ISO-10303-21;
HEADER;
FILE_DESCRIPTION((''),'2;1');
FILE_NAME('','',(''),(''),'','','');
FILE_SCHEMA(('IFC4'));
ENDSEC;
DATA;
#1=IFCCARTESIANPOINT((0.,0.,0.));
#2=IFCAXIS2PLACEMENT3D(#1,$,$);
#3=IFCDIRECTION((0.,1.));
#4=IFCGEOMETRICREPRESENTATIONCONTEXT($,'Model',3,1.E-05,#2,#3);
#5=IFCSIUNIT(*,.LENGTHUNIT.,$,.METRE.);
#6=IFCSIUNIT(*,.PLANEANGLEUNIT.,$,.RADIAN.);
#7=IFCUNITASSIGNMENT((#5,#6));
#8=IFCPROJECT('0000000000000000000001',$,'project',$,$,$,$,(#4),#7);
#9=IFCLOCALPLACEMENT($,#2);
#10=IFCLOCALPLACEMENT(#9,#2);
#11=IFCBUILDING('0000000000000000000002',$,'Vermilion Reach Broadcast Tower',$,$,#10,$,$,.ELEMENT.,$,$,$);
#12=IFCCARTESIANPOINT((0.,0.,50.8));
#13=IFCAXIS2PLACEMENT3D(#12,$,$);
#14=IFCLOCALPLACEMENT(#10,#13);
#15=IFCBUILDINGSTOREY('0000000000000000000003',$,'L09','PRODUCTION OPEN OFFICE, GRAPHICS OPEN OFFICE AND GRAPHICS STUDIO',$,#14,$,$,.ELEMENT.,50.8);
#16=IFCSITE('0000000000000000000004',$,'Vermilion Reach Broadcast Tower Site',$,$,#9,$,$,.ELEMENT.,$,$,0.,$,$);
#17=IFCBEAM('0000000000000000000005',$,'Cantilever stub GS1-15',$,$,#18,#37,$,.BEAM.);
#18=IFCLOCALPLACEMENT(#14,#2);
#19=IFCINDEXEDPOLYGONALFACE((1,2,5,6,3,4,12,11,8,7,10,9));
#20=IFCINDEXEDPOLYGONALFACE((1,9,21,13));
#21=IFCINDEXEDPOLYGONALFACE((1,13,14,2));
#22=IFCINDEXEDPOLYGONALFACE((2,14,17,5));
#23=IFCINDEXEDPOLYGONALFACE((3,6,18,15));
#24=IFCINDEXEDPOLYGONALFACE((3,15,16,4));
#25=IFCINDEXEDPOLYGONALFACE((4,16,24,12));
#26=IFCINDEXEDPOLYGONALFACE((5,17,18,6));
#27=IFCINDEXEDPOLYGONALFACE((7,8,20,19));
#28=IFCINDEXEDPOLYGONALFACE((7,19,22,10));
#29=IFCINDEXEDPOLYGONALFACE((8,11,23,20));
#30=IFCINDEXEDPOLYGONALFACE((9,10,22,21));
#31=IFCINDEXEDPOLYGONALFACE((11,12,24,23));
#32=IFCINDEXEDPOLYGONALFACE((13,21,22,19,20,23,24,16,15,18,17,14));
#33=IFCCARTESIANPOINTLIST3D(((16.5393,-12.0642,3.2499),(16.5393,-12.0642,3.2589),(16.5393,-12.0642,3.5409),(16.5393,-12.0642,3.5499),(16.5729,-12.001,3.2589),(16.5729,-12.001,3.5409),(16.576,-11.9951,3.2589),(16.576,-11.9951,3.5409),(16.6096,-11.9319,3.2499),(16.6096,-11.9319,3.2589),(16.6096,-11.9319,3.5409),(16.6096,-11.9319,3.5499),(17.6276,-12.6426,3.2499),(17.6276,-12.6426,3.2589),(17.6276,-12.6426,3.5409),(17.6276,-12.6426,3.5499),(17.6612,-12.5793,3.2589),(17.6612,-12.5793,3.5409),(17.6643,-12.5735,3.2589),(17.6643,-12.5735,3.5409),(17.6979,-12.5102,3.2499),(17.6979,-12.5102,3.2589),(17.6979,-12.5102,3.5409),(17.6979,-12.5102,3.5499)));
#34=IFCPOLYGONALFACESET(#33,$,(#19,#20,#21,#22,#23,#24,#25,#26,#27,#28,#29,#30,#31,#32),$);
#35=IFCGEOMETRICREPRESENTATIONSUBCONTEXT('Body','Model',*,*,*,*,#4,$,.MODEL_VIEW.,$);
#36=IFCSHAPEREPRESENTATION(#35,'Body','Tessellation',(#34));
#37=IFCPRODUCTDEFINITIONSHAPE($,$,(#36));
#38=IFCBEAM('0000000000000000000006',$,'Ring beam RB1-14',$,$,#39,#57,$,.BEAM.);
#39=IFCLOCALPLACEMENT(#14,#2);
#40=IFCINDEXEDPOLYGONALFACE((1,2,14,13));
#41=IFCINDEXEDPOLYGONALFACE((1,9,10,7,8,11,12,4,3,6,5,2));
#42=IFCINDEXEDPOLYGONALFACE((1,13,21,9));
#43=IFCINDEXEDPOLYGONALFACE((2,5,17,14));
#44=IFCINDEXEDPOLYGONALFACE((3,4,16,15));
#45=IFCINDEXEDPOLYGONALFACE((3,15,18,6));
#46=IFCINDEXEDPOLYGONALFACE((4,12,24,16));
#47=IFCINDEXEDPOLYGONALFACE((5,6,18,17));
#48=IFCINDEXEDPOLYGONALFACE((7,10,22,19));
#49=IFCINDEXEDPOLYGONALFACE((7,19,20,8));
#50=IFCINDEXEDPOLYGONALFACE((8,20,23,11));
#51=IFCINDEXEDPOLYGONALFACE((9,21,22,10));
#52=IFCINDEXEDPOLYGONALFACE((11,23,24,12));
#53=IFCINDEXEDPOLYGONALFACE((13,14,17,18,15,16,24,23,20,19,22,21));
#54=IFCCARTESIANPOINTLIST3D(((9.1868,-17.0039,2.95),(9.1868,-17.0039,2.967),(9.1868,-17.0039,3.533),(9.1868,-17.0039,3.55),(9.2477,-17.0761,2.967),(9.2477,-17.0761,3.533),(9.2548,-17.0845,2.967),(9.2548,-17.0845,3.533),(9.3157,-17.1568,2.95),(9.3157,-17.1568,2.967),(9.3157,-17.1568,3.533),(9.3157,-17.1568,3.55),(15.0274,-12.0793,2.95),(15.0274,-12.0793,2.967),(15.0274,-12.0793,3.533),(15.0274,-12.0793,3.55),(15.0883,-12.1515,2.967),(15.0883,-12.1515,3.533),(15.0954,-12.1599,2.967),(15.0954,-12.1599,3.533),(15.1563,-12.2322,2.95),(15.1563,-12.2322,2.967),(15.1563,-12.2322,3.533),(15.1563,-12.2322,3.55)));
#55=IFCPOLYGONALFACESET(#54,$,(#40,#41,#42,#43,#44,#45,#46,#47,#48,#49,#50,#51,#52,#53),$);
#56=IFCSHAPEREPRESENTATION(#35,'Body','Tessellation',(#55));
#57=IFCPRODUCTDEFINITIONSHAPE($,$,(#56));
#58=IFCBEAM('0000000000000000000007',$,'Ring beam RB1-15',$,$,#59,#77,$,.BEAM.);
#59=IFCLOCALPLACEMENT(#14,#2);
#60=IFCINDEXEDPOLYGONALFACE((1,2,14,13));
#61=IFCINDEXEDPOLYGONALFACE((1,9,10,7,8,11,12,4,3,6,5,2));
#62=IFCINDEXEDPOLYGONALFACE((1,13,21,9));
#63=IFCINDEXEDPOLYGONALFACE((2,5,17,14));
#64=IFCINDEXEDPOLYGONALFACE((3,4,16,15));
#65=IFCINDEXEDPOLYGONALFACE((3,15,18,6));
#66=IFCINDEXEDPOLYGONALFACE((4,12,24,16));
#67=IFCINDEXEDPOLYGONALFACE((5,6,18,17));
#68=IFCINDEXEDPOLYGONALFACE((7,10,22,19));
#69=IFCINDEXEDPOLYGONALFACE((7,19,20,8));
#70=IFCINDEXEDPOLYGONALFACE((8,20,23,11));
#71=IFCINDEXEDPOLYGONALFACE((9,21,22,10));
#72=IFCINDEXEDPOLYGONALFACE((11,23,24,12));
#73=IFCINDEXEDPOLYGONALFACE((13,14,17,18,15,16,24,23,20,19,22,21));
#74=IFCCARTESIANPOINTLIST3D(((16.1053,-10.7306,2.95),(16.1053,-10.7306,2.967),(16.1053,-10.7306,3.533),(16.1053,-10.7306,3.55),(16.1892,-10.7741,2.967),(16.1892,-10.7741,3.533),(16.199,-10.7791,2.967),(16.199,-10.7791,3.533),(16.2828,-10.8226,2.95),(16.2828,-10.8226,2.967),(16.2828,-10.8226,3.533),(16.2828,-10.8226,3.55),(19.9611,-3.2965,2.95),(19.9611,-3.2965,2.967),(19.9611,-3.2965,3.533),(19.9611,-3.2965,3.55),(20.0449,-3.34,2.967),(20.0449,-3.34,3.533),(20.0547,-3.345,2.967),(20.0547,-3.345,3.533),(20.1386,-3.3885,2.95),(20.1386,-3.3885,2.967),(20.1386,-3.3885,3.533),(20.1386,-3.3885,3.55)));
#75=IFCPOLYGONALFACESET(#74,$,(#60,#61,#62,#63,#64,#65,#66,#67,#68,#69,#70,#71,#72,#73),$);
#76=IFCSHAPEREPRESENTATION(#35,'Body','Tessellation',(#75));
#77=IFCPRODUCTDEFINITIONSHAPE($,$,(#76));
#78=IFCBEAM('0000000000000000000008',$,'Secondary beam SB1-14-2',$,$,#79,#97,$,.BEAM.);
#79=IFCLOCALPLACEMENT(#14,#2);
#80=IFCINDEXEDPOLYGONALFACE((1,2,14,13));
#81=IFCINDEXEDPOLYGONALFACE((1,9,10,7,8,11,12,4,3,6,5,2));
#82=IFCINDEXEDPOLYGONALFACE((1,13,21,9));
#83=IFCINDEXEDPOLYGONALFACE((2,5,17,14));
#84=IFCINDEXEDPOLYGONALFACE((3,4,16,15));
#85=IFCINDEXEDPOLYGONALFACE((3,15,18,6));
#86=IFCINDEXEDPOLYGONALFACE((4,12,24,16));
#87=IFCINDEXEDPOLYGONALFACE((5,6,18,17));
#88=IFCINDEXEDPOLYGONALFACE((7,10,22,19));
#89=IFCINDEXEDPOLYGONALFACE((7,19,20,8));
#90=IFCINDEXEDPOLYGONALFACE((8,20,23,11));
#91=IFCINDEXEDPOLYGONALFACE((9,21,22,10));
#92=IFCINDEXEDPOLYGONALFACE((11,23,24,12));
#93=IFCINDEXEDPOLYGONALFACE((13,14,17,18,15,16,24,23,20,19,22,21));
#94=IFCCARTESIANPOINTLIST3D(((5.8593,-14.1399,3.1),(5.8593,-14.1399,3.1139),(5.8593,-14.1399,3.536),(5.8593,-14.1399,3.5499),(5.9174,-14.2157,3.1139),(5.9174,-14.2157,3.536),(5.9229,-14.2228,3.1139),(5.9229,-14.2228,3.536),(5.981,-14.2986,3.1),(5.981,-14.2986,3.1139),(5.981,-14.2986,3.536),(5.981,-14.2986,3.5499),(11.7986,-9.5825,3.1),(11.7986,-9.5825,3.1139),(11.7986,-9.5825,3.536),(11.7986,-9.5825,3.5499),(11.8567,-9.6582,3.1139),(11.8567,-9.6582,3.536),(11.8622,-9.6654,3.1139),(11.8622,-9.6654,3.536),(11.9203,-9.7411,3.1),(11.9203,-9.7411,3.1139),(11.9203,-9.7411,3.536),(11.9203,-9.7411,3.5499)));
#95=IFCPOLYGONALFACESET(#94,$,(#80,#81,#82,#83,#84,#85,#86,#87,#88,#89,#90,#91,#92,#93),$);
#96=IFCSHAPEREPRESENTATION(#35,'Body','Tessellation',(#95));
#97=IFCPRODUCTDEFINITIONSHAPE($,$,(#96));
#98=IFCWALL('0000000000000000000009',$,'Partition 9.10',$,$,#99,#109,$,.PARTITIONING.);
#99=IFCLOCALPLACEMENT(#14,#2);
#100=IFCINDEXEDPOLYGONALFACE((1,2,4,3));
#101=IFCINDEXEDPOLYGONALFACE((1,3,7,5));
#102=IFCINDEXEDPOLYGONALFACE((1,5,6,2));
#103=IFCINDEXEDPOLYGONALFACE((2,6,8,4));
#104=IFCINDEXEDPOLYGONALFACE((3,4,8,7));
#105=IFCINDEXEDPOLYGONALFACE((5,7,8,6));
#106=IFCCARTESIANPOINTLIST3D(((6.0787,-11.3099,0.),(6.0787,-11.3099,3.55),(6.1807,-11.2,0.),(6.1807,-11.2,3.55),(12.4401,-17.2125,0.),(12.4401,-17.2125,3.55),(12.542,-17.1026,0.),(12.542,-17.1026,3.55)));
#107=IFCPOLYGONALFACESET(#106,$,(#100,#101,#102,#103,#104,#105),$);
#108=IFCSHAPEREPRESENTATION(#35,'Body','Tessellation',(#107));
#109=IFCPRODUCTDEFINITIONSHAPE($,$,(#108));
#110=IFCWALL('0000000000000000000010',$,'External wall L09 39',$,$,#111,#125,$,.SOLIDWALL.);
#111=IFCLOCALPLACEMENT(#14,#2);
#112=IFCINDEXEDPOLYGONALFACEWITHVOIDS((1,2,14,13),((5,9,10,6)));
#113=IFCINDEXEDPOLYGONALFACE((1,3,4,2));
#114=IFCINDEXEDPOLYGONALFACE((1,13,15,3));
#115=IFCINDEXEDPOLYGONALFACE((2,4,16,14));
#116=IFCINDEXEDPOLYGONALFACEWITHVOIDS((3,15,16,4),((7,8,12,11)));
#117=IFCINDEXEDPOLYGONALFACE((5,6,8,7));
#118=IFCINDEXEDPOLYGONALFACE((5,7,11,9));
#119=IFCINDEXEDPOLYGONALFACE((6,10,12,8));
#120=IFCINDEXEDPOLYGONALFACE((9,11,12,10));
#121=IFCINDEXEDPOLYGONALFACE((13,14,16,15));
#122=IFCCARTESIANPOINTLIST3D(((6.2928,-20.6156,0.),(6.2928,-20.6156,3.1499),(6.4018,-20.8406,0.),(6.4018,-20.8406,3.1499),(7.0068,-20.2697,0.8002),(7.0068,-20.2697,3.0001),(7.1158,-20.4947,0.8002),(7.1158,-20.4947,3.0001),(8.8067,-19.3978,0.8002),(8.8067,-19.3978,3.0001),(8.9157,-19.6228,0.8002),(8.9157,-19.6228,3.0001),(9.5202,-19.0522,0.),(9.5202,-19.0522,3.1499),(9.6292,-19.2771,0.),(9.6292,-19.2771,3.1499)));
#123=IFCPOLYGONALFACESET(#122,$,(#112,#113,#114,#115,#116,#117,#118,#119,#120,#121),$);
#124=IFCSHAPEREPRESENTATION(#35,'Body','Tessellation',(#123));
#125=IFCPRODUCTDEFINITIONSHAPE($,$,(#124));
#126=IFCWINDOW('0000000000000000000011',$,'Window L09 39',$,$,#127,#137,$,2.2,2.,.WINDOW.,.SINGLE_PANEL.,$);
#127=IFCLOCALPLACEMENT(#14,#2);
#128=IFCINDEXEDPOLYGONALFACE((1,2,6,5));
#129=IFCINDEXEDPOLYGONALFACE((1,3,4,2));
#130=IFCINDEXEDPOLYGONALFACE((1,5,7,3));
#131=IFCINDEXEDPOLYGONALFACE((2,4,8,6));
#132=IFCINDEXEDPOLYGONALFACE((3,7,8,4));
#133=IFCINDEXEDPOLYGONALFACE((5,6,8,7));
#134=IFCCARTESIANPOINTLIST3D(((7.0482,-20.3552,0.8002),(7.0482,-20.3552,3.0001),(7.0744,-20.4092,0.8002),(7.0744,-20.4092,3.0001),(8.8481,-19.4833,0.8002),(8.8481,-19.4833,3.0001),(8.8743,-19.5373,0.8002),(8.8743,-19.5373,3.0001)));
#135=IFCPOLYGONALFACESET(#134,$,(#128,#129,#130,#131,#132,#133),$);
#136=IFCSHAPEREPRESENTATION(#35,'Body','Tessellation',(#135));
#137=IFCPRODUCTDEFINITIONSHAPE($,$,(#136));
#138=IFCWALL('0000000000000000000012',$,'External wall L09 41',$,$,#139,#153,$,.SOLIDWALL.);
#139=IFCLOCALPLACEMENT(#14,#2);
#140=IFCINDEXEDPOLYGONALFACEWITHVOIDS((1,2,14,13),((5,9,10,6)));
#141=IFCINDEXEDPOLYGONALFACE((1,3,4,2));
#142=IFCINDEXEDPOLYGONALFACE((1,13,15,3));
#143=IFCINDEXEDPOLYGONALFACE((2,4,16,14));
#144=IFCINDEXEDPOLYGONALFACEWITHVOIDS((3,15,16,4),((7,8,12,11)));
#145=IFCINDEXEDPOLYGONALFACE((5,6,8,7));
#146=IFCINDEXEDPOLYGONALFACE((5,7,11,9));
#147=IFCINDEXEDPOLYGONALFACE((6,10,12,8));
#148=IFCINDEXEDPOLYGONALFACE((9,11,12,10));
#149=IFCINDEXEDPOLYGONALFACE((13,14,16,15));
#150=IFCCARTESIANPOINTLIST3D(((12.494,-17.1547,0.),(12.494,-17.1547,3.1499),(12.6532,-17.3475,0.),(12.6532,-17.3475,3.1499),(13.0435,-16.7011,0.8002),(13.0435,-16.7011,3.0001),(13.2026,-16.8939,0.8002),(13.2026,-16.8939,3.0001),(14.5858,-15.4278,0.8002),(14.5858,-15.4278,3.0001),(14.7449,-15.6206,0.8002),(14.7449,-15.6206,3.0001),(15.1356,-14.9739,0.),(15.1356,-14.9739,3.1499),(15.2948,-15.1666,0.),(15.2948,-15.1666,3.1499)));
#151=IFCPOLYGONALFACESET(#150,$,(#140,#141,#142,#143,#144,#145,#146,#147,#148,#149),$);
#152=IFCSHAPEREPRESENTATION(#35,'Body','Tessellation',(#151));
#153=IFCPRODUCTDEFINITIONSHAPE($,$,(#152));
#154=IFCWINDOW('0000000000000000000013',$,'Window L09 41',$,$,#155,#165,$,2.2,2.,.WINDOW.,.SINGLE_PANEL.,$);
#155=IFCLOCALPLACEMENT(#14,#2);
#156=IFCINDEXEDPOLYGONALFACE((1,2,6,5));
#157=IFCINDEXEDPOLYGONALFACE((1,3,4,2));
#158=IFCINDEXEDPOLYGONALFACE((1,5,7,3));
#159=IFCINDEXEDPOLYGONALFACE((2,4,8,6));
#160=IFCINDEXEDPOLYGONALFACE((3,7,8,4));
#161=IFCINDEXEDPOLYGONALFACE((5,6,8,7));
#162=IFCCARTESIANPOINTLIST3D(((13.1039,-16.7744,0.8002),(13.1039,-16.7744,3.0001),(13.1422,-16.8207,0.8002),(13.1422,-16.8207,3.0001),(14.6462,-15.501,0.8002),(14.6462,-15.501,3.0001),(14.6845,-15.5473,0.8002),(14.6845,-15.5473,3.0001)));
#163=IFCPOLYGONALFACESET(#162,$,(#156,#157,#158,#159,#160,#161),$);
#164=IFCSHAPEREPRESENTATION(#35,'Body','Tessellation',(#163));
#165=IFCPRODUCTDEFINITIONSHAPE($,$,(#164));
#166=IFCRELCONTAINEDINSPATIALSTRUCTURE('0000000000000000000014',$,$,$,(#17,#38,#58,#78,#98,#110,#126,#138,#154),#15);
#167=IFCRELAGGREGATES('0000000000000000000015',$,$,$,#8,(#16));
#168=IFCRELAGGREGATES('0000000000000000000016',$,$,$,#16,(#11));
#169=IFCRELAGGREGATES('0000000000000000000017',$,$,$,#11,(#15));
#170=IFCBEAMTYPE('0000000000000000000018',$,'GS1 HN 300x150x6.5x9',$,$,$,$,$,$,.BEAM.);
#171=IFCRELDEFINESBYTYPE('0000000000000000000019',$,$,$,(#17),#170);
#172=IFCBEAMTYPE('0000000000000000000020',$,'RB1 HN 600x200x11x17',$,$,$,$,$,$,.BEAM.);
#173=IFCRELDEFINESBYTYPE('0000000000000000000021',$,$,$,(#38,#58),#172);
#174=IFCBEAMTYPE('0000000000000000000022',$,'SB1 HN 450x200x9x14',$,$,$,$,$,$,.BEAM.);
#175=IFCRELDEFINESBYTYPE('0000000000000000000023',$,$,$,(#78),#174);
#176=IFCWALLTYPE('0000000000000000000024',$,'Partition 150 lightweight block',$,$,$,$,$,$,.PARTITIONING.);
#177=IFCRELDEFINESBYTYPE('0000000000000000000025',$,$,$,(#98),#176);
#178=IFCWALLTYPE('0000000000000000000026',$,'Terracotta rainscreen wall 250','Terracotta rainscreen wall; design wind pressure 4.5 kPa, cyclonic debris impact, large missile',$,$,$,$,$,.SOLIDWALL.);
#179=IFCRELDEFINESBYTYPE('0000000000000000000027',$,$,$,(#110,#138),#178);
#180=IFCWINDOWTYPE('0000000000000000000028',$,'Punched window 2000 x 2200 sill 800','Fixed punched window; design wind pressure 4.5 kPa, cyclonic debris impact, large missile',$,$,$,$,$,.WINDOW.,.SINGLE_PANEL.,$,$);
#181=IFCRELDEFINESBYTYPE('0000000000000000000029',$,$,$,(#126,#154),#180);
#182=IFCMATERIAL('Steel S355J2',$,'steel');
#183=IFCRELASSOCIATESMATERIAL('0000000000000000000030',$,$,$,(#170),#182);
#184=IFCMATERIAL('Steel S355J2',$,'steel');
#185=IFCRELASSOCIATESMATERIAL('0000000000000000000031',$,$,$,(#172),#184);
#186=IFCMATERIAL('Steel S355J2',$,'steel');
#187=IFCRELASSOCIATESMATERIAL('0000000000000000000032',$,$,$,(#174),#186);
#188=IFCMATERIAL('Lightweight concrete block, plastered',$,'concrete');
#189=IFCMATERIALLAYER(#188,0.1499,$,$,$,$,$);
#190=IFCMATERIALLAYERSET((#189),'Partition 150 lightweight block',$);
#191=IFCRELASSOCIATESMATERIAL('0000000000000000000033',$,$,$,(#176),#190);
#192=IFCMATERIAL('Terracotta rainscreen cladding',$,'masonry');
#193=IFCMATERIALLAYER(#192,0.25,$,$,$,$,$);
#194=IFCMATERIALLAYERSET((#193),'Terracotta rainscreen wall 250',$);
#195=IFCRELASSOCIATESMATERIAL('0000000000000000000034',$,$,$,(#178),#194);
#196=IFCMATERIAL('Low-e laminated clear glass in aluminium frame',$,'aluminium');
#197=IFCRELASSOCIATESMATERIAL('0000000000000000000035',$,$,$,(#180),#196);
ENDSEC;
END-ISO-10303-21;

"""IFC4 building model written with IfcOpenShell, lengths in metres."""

from ifc_helpers import new_model, si_unit, direction, frame, frame_2d, origin, origin_2d, place, context, subcontext, project, spatial, rectangle, i_section, extrude, material, layer, layer_set, material_profile, profile_set, type_object, element, fill, save


model = new_model("IFC4")

# Units and contexts
model_context = context("Model", 3, precision=1e-05, world=origin(), true_north=direction((0.0, 1.0)))
body_context = subcontext(model_context, "Body", "Model", "MODEL_VIEW")
ifc_project = project(units=[si_unit("LENGTHUNIT", "METRE"), si_unit("PLANEANGLEUNIT", "RADIAN")], contexts=[model_context])

# Site, building, storey
site_placement = place(None, origin())
site = spatial("IfcSite", under=ifc_project, at=site_placement, Name="Vermilion Reach Broadcast Tower Site", CompositionType="ELEMENT", RefElevation=0.0)
building_placement = place(site_placement, origin())
building = spatial("IfcBuilding", under=site, at=building_placement, Name="Vermilion Reach Broadcast Tower", CompositionType="ELEMENT")
storey_placement = place(building_placement, frame((0.0, 0.0, 50.8)))
storey = spatial("IfcBuildingStorey", under=building, at=storey_placement, Name="L09", Description="PRODUCTION OPEN OFFICE, GRAPHICS OPEN OFFICE AND GRAPHICS STUDIO", CompositionType="ELEMENT", Elevation=50.8)

# Beams
ifc_material_1 = material(Name="Steel S355J2", Category="steel")
ifc_material_profile_1 = material_profile(ifc_material_1, i_section(OverallWidth=0.1499, OverallDepth=0.3, WebThickness=0.0066, FlangeThickness=0.009, at=origin_2d()), Name="S355J2 HN 300x150x6.5x9")
ifc_profile_set_1 = profile_set([ifc_material_profile_1], Name="Steel S355J2")
beam_type_1 = type_object("IfcBeamType", Name="GS1 HN 300x150x6.5x9", PredefinedType="BEAM", material=ifc_profile_set_1)
beam_1_placement = place(storey_placement, frame((16.5745, -11.998, 3.3999), z_axis=(0.883059, -0.469261, 0.0), x_axis=(0.469261, 0.883059, 0.0)))
element("IfcBeam", 1, at=beam_1_placement, inside=storey, type_object=beam_type_1, Name="Cantilever stub GS1-15", PredefinedType="BEAM", context=body_context, shape_type="SweptSolid", body=[
    extrude(i_section(OverallWidth=0.1499, OverallDepth=0.3, WebThickness=0.0066, FlangeThickness=0.009, at=origin_2d()), origin(), (0.0, 0.0, 1.0), 1.2324),
])
ifc_material_2 = material(Name="Steel S355J2", Category="steel")
ifc_material_profile_2 = material_profile(ifc_material_2, i_section(OverallWidth=0.2, OverallDepth=0.6001, WebThickness=0.011, FlangeThickness=0.0171, at=origin_2d()), Name="S355J2 HN 600x200x11x17")
ifc_profile_set_2 = profile_set([ifc_material_profile_2], Name="Steel S355J2")
beam_type_2 = type_object("IfcBeamType", Name="RB1 HN 600x200x11x17", PredefinedType="BEAM", material=ifc_profile_set_2)
beam_2_placement = place(storey_placement, frame((9.2512, -17.0803, 3.25), z_axis=(0.764512, 0.644609, 0.0), x_axis=(-0.644609, 0.764512, 0.0)))
element("IfcBeam", 2, at=beam_2_placement, inside=storey, type_object=beam_type_2, Name="Ring beam RB1-14", PredefinedType="BEAM", context=body_context, shape_type="SweptSolid", body=[
    extrude(i_section(OverallWidth=0.2, OverallDepth=0.6001, WebThickness=0.011, FlangeThickness=0.0171, at=origin_2d()), origin(), (0.0, 0.0, 1.0), 7.6396),
])
beam_3_placement = place(storey_placement, frame((16.1941, -10.7766, 3.25), z_axis=(0.460412, 0.887706, 0.0), x_axis=(-0.887706, 0.460412, 0.0)))
element("IfcBeam", 3, at=beam_3_placement, inside=storey, type_object=beam_type_2, Name="Ring beam RB1-15", PredefinedType="BEAM", context=body_context, shape_type="SweptSolid", body=[
    extrude(i_section(OverallWidth=0.2, OverallDepth=0.6001, WebThickness=0.011, FlangeThickness=0.0171, at=origin_2d()), origin(), (0.0, 0.0, 1.0), 8.3745),
])
ifc_material_3 = material(Name="Steel S355J2", Category="steel")
ifc_material_profile_3 = material_profile(ifc_material_3, i_section(OverallWidth=0.2, OverallDepth=0.45, WebThickness=0.009, FlangeThickness=0.0139, at=origin_2d()), Name="S355J2 HN 450x200x9x14")
ifc_profile_set_3 = profile_set([ifc_material_profile_3], Name="Steel S355J2")
beam_type_3 = type_object("IfcBeamType", Name="SB1 HN 450x200x9x14", PredefinedType="BEAM", material=ifc_profile_set_3)
beam_4_placement = place(storey_placement, frame((5.9202, -14.2192, 3.325), z_axis=(0.79335, 0.608766, 0.0), x_axis=(-0.608766, 0.79335, 0.0)))
element("IfcBeam", 4, at=beam_4_placement, inside=storey, type_object=beam_type_3, Name="Secondary beam SB1-14-2", PredefinedType="BEAM", context=body_context, shape_type="SweptSolid", body=[
    extrude(i_section(OverallWidth=0.2, OverallDepth=0.45, WebThickness=0.009, FlangeThickness=0.0139, at=origin_2d()), origin(), (0.0, 0.0, 1.0), 7.4863),
])

# Wall
ifc_material_4 = material(Name="Lightweight concrete block, plastered", Category="concrete")
ifc_layer_1 = layer(ifc_material_4, 0.1499)
ifc_layer_set_1 = layer_set([ifc_layer_1], Name="Partition 150 lightweight block")
wall_type_1 = type_object("IfcWallType", Name="Partition 150 lightweight block", PredefinedType="PARTITIONING", material=ifc_layer_set_1)
wall_1_placement = place(storey_placement, frame((12.491, -17.1575, 0.0), z_axis=(0.0, 0.0, 1.0), x_axis=(-0.733044, 0.680181, 0.0)))
element("IfcWall", 5, at=wall_1_placement, inside=storey, type_object=wall_type_1, Name="Partition 9.10", PredefinedType="PARTITIONING", context=body_context, shape_type="SweptSolid", body=[
    extrude(rectangle(XDim=8.678, YDim=0.1499, at=frame_2d((4.3389, 0.0))), origin(), (0.0, 0.0, 1.0), 3.55),
])

# Wall, opening, window
ifc_material_5 = material(Name="Terracotta rainscreen cladding", Category="masonry")
ifc_layer_2 = layer(ifc_material_5, 0.25)
ifc_layer_set_2 = layer_set([ifc_layer_2], Name="Terracotta rainscreen wall 250")
wall_type_2 = type_object("IfcWallType", Name="Terracotta rainscreen wall 250", Description="Terracotta rainscreen wall; design wind pressure 4.5 kPa, cyclonic debris impact, large missile", PredefinedType="SOLIDWALL", material=ifc_layer_set_2)
wall_2_placement = place(storey_placement, frame((6.3474, -20.728, 0.0), z_axis=(0.0, 0.0, 1.0), x_axis=(0.899966, 0.435959, 0.0)))
wall_2 = element("IfcWall", 6, at=wall_2_placement, inside=storey, type_object=wall_type_2, Name="External wall L09 39", PredefinedType="SOLIDWALL", context=body_context, shape_type="SweptSolid", body=[
    extrude(rectangle(XDim=3.5862, YDim=0.25, at=frame_2d((1.793, 0.0))), origin(), (0.0, 0.0, 1.0), 3.1499),
])
opening_1_placement = place(wall_2_placement, frame((0.7932, 0.0, 0.8)))
opening_1 = element("IfcOpeningElement", 7, at=opening_1_placement, cuts=wall_2, PredefinedType="OPENING", context=body_context, shape_type="SweptSolid", body=[
    extrude(rectangle(XDim=2.0, YDim=2.2, at=frame_2d((1.0, 1.1001))), frame((0.0, 0.135, 0.0), z_axis=(0.0, -1.0, 0.0), x_axis=(1.0, 0.0, 0.0)), (0.0, 0.0, 1.0), 0.27),
])
ifc_material_6 = material(Name="Low-e laminated clear glass in aluminium frame", Category="aluminium")
window_type = type_object("IfcWindowType", Name="Punched window 2000 x 2200 sill 800", Description="Fixed punched window; design wind pressure 4.5 kPa, cyclonic debris impact, large missile", PartitioningType="SINGLE_PANEL", PredefinedType="WINDOW", material=ifc_material_6)
window_1_placement = place(opening_1_placement, origin())
window_1 = element("IfcWindow", 8, at=window_1_placement, inside=storey, type_object=window_type, Name="Window L09 39", OverallHeight=2.2, OverallWidth=2.0, PartitioningType="SINGLE_PANEL", PredefinedType="WINDOW", context=body_context, shape_type="SweptSolid", body=[
    extrude(rectangle(XDim=2.0, YDim=2.2, at=frame_2d((1.0, 1.1001))), frame((0.0, 0.03, 0.0), z_axis=(0.0, -1.0, 0.0), x_axis=(1.0, 0.0, 0.0)), (0.0, 0.0, 1.0), 0.0601),
])
fill(opening_1, window_1)

# Wall, opening, window
wall_3_placement = place(storey_placement, frame((12.5735, -17.2512, 0.0), z_axis=(0.0, 0.0, 1.0), x_axis=(0.771146, 0.636659, 0.0)))
wall_3 = element("IfcWall", 9, at=wall_3_placement, inside=storey, type_object=wall_type_2, Name="External wall L09 41", PredefinedType="SOLIDWALL", context=body_context, shape_type="SweptSolid", body=[
    extrude(rectangle(XDim=3.4255, YDim=0.25, at=frame_2d((1.7129, 0.0))), origin(), (0.0, 0.0, 1.0), 3.1499),
])
opening_2_placement = place(wall_3_placement, frame((0.7126, 0.0, 0.8)))
opening_2 = element("IfcOpeningElement", 10, at=opening_2_placement, cuts=wall_3, PredefinedType="OPENING", context=body_context, shape_type="SweptSolid", body=[
    extrude(rectangle(XDim=2.0, YDim=2.2, at=frame_2d((1.0, 1.1001))), frame((0.0, 0.135, 0.0), z_axis=(0.0, -1.0, 0.0), x_axis=(1.0, 0.0, 0.0)), (0.0, 0.0, 1.0), 0.27),
])
window_2_placement = place(opening_2_placement, origin())
window_2 = element("IfcWindow", 11, at=window_2_placement, inside=storey, type_object=window_type, Name="Window L09 41", OverallHeight=2.2, OverallWidth=2.0, PartitioningType="SINGLE_PANEL", PredefinedType="WINDOW", context=body_context, shape_type="SweptSolid", body=[
    extrude(rectangle(XDim=2.0, YDim=2.2, at=frame_2d((1.0, 1.1001))), frame((0.0, 0.03, 0.0), z_axis=(0.0, -1.0, 0.0), x_axis=(1.0, 0.0, 0.0)), (0.0, 0.0, 1.0), 0.0601),
])
fill(opening_2, window_2)

save(model, "model.ifc")
